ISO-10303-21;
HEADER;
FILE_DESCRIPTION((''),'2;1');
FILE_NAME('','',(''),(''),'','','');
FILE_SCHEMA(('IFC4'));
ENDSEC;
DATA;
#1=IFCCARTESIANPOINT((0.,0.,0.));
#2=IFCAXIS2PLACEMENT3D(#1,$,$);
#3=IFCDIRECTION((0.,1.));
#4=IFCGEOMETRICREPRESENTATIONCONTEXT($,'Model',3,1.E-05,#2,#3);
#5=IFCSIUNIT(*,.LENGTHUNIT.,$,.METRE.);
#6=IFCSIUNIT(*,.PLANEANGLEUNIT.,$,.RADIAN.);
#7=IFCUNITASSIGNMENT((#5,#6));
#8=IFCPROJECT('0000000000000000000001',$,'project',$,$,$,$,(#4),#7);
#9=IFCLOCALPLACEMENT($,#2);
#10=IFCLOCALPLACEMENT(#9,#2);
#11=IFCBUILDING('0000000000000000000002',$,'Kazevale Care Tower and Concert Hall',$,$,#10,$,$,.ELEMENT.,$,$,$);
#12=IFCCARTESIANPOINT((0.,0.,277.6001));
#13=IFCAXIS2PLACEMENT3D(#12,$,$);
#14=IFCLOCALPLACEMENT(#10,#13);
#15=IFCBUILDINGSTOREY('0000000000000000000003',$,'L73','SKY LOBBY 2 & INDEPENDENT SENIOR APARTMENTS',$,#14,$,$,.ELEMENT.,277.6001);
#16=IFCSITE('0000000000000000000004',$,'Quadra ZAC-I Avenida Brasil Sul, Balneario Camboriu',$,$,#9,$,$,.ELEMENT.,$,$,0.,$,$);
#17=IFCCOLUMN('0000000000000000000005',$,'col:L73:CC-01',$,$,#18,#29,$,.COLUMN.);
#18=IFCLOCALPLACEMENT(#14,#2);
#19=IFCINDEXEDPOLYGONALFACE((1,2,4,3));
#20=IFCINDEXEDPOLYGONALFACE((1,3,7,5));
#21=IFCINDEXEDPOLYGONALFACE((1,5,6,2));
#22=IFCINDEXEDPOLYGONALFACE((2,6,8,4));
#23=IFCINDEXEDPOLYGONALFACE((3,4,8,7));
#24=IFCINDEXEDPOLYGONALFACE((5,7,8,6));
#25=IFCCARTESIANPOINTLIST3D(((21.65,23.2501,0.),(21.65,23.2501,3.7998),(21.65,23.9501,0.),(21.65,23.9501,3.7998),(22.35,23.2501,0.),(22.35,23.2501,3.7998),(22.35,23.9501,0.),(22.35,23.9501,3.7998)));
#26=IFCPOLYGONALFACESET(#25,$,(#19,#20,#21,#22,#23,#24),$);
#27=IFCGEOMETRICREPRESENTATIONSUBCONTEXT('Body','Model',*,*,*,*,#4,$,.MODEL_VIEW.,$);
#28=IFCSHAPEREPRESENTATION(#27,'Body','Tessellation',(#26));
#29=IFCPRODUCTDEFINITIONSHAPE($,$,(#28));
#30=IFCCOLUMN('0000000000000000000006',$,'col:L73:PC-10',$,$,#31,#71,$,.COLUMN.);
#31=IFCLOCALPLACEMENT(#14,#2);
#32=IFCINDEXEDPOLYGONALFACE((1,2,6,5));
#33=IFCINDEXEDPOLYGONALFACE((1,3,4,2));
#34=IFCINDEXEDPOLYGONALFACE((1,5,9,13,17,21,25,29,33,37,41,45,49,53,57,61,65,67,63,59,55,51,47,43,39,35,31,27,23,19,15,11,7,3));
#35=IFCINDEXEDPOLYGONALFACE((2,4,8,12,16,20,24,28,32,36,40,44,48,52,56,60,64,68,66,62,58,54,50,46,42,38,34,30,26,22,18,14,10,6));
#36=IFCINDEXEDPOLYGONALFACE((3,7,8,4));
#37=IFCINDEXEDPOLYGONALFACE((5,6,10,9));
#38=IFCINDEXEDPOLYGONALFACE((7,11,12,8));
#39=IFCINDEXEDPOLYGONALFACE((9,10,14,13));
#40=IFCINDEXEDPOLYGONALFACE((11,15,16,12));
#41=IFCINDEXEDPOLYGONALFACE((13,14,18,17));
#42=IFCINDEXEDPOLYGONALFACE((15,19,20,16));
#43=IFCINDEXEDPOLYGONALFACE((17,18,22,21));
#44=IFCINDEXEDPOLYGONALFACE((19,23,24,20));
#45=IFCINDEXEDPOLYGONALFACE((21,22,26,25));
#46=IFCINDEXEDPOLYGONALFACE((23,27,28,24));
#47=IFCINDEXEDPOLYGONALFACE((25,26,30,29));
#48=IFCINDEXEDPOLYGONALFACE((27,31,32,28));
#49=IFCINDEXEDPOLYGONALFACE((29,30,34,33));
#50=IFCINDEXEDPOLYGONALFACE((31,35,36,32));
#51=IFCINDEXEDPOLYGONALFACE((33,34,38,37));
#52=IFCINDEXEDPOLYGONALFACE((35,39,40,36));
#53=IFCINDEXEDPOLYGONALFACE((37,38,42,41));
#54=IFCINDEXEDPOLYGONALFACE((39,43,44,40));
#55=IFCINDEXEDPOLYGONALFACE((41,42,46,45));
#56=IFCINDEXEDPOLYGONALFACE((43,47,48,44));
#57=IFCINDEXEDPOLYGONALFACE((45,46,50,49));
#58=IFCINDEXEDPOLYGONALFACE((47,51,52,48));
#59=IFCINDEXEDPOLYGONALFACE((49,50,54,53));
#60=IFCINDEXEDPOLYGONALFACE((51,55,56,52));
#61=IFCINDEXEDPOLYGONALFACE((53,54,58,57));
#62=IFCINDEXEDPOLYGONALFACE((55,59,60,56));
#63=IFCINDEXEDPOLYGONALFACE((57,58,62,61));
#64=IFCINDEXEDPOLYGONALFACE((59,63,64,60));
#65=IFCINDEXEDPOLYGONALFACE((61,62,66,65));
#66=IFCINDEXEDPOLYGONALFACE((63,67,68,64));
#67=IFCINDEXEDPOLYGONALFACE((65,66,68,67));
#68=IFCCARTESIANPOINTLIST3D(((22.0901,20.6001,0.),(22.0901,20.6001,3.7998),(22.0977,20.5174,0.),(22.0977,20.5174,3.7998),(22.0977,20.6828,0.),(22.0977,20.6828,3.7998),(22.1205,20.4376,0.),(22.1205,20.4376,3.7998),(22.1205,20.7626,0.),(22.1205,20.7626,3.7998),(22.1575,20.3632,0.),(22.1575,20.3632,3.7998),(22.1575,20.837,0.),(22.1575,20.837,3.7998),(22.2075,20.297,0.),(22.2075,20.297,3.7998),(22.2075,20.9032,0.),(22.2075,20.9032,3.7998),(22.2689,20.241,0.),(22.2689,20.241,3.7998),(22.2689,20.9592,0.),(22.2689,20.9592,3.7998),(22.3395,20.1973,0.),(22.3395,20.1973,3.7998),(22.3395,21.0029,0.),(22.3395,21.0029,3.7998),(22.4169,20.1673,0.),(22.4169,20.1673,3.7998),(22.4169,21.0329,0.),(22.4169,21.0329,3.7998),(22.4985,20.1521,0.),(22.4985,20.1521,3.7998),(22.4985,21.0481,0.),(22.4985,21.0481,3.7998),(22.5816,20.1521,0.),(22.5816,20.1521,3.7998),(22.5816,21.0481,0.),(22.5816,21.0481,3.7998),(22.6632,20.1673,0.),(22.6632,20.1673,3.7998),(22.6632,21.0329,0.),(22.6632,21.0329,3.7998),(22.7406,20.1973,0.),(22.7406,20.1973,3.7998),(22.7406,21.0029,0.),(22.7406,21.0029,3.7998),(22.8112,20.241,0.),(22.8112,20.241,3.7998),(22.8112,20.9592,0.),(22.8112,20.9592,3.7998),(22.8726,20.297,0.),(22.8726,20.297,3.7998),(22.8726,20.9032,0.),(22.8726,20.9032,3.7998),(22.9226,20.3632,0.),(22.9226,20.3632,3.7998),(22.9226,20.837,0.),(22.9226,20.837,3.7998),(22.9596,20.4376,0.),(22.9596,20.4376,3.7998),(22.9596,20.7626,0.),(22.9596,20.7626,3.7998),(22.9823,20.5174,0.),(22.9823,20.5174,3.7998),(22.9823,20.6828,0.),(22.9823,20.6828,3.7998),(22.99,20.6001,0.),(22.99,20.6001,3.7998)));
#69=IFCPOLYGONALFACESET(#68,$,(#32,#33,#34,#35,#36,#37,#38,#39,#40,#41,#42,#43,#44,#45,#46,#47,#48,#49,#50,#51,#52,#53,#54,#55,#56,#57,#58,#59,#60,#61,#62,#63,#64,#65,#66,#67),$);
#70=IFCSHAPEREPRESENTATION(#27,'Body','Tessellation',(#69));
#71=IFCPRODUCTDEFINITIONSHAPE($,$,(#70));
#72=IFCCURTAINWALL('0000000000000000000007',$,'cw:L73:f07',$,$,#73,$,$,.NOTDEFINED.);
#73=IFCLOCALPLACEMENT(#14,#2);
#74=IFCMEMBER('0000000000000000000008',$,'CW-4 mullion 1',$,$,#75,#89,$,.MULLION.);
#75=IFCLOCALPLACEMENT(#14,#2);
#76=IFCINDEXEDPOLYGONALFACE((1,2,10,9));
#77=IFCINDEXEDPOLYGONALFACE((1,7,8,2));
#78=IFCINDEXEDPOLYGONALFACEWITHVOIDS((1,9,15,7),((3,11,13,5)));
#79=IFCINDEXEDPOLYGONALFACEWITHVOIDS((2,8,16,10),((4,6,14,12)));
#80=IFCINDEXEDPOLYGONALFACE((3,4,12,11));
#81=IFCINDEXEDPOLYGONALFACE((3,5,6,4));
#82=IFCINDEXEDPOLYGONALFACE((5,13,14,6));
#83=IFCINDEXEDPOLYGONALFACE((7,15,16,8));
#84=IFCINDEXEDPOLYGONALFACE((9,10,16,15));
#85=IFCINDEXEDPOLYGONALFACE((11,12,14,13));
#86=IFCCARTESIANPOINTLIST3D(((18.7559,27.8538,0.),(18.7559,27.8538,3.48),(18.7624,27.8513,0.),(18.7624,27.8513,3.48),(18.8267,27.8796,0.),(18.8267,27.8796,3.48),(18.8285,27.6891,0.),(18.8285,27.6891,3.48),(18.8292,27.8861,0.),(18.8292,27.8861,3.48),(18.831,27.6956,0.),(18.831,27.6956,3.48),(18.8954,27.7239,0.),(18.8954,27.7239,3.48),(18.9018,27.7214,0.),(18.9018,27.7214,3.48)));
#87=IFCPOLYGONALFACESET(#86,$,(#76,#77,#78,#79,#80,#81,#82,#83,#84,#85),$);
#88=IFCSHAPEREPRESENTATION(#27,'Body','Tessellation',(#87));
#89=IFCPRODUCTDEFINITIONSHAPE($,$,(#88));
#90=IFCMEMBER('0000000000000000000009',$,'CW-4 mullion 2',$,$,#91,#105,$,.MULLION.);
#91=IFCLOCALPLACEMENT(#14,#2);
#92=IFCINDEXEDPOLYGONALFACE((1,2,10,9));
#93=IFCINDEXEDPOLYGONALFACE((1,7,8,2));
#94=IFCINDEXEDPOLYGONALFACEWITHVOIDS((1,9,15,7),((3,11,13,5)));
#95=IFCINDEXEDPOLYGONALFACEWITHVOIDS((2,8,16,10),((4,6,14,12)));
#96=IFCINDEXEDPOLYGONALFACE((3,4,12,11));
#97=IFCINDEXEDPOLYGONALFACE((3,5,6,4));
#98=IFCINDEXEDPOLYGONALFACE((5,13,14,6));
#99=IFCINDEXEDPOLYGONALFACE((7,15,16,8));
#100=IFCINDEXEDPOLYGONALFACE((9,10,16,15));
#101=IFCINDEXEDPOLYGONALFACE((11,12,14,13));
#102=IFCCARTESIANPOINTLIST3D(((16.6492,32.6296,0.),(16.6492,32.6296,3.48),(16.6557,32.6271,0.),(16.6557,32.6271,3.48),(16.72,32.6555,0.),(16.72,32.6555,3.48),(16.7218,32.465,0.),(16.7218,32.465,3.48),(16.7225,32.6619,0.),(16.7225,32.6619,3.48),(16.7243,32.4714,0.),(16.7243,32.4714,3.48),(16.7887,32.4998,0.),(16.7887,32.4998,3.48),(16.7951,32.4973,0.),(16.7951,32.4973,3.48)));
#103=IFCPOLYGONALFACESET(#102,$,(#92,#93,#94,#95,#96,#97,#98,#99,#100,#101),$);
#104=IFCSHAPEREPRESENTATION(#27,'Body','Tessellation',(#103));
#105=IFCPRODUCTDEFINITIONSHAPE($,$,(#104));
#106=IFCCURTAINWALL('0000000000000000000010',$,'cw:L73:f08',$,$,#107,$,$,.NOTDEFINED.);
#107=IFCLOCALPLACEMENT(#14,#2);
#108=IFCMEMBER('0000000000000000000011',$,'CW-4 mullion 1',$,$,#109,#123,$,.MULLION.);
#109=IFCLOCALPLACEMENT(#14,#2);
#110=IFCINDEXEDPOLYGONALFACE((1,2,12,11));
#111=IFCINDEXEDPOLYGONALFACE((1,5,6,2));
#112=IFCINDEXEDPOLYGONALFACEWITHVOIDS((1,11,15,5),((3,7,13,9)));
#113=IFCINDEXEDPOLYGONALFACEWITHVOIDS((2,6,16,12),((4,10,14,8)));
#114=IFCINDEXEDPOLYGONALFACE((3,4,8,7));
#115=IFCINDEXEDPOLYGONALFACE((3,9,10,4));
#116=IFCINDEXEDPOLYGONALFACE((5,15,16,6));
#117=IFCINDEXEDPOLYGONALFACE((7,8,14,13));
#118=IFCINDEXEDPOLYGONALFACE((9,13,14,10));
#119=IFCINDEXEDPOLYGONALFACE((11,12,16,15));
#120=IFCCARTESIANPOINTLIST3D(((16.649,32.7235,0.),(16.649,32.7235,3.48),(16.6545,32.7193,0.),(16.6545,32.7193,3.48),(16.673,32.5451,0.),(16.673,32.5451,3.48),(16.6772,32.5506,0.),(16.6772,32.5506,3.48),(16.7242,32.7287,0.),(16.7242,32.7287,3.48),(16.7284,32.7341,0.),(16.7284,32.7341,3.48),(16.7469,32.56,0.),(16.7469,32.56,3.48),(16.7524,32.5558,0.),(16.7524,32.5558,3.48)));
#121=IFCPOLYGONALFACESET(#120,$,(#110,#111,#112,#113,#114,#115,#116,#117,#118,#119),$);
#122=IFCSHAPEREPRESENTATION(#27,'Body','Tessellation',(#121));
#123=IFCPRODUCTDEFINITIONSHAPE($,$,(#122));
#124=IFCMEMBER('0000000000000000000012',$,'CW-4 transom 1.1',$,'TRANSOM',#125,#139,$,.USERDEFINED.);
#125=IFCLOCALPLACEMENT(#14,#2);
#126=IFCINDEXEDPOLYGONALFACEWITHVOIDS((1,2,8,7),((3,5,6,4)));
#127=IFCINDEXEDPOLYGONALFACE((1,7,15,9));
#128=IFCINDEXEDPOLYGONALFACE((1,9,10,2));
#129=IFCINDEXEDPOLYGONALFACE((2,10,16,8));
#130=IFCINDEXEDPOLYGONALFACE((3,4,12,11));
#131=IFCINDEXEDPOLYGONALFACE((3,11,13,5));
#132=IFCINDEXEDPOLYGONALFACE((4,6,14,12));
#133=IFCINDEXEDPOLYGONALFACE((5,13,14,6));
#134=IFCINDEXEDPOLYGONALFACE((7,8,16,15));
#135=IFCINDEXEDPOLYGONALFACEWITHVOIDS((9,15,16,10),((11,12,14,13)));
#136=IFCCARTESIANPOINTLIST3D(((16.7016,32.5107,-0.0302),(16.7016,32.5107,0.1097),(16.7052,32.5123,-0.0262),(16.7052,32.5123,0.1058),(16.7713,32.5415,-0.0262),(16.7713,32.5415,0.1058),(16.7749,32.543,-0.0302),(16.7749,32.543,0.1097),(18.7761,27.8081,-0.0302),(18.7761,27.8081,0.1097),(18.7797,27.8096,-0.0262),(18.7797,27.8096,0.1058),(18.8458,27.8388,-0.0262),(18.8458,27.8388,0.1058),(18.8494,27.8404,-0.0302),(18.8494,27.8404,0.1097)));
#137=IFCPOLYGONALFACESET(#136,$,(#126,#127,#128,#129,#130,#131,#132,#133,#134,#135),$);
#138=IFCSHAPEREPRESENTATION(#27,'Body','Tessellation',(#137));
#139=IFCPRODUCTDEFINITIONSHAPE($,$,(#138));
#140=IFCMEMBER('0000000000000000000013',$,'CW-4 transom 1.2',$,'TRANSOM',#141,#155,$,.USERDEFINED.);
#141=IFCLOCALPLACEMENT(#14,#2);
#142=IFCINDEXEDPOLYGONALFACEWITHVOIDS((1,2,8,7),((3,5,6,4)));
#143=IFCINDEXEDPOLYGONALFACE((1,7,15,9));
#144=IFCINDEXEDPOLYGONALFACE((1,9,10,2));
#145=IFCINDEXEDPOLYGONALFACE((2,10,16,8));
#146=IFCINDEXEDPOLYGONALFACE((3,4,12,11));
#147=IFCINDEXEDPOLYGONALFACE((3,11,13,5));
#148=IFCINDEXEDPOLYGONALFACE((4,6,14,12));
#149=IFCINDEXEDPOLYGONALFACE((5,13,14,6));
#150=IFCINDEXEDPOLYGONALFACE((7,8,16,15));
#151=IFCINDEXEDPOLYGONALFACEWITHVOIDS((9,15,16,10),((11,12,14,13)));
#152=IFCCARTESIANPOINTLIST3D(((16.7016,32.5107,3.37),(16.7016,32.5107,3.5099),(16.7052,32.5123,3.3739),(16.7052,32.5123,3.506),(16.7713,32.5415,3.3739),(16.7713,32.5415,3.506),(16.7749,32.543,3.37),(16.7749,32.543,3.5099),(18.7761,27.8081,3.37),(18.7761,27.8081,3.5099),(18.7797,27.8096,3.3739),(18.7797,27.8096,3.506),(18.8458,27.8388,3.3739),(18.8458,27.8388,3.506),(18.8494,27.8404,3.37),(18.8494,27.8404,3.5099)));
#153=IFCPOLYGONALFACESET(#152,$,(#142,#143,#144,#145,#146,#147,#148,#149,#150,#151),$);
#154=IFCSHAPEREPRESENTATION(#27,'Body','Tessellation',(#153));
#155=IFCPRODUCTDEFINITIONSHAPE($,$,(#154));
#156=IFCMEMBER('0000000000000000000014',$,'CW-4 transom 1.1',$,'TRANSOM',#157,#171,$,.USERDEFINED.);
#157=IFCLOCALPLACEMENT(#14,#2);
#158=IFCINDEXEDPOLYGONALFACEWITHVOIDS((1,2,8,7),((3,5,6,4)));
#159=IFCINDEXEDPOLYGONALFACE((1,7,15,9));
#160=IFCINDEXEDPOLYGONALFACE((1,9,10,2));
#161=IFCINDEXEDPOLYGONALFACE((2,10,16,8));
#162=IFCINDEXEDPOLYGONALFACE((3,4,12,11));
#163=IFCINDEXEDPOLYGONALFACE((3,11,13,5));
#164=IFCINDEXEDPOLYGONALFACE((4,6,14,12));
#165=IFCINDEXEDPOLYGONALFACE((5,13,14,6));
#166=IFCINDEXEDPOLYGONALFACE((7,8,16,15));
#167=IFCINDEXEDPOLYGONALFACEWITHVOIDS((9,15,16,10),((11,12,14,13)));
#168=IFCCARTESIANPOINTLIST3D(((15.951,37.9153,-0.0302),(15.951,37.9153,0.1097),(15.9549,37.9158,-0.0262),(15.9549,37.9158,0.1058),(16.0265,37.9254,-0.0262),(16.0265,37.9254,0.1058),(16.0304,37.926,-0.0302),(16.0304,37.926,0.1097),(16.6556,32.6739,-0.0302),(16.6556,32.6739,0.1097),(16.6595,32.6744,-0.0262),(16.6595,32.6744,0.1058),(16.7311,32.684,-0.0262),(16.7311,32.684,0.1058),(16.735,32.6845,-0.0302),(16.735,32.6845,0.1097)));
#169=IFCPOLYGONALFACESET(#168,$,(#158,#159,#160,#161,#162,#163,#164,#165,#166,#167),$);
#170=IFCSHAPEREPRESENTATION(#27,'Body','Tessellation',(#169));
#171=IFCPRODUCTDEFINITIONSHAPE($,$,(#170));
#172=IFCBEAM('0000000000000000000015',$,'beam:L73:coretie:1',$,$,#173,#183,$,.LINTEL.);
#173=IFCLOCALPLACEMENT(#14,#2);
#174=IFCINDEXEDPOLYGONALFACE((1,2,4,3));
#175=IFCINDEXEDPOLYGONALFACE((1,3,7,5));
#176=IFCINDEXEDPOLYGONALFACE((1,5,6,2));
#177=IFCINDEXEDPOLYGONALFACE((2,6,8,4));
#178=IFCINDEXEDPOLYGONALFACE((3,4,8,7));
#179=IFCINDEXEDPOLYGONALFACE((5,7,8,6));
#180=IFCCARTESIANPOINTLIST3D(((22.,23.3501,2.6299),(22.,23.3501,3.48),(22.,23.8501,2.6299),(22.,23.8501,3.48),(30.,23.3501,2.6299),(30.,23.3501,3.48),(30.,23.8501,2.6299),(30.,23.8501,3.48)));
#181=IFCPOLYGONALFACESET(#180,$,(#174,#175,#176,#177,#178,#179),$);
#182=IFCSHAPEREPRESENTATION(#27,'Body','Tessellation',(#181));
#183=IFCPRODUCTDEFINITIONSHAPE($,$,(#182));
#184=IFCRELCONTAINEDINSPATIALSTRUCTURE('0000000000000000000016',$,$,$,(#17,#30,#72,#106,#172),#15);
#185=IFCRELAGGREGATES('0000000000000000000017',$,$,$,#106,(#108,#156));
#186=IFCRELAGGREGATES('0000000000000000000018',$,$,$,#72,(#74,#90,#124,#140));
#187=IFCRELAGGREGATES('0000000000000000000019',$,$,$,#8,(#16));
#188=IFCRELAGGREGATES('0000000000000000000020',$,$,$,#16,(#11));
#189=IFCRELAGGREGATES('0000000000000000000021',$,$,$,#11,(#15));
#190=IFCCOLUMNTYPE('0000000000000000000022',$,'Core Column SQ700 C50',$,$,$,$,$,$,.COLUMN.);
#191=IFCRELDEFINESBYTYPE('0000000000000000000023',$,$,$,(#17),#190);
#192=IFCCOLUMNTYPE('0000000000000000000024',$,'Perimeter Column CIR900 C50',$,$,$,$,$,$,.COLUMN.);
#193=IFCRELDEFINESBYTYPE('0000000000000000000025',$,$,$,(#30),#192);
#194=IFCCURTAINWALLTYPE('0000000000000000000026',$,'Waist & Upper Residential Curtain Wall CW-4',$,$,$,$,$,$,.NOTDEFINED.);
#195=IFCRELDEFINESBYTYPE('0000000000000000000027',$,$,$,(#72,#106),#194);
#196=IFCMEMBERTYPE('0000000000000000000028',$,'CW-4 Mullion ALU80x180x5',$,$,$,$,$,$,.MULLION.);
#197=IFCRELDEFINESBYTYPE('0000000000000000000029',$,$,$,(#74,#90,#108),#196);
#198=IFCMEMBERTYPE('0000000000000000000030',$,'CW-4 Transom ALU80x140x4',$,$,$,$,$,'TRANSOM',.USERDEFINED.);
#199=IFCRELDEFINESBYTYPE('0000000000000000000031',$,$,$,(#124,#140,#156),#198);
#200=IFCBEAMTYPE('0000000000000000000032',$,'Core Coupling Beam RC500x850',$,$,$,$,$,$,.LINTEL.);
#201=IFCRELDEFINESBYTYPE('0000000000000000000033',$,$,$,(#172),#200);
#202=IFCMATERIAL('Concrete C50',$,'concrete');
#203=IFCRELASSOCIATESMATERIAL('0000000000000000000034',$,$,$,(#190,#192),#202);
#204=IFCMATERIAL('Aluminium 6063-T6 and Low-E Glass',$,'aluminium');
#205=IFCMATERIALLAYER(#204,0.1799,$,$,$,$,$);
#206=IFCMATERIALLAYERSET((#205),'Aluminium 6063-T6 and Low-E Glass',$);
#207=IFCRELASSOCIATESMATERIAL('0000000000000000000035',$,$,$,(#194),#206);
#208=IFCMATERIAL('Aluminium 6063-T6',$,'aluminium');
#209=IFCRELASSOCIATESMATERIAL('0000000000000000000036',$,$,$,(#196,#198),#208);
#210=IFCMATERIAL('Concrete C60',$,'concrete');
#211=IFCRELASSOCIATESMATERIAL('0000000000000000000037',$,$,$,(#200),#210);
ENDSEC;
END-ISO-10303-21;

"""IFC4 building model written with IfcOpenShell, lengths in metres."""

from ifc_helpers import new_model, si_unit, direction, frame, origin, origin_2d, place, context, subcontext, project, spatial, rectangle, hollow_rectangle, circle, extrude, material, layer, layer_set, material_profile, profile_set, type_object, element, aggregate, save


model = new_model("IFC4")

# Units and contexts
model_context = context("Model", 3, precision=1e-05, world=origin(), true_north=direction((0.0, 1.0)))
body_context = subcontext(model_context, "Body", "Model", "MODEL_VIEW")
ifc_project = project(units=[si_unit("LENGTHUNIT", "METRE"), si_unit("PLANEANGLEUNIT", "RADIAN")], contexts=[model_context])

# Site, building, storey
site_placement = place(None, origin())
site = spatial("IfcSite", under=ifc_project, at=site_placement, Name="Quadra ZAC-I Avenida Brasil Sul, Balneario Camboriu", CompositionType="ELEMENT", RefElevation=0.0)
building_placement = place(site_placement, origin())
building = spatial("IfcBuilding", under=site, at=building_placement, Name="Kazevale Care Tower and Concert Hall", CompositionType="ELEMENT")
storey_placement = place(building_placement, frame((0.0, 0.0, 277.6001)))
storey = spatial("IfcBuildingStorey", under=building, at=storey_placement, Name="L73", Description="SKY LOBBY 2 & INDEPENDENT SENIOR APARTMENTS", CompositionType="ELEMENT", Elevation=277.6001)

# Columns
ifc_material_1 = material(Name="Concrete C50", Category="concrete")
ifc_material_profile_1 = material_profile(ifc_material_1, rectangle(XDim=0.7, YDim=0.7, at=origin_2d()), Name="RC-SQ700")
ifc_profile_set_1 = profile_set([ifc_material_profile_1], Name="Concrete C50")
column_type_1 = type_object("IfcColumnType", Name="Core Column SQ700 C50", PredefinedType="COLUMN", material=ifc_profile_set_1)
column_1_placement = place(storey_placement, frame((22.0, 23.6001, 0.0), z_axis=(0.0, 0.0, 1.0), x_axis=(1.0, 0.0, 0.0)))
element("IfcColumn", 1, at=column_1_placement, inside=storey, type_object=column_type_1, Name="col:L73:CC-01", PredefinedType="COLUMN", context=body_context, shape_type="SweptSolid", body=[
    extrude(rectangle(XDim=0.7, YDim=0.7, at=origin_2d()), origin(), (0.0, 0.0, 1.0), 3.7998),
])
ifc_material_profile_2 = material_profile(ifc_material_1, circle(Radius=0.45, at=origin_2d()), Name="RC-CIR900")
ifc_profile_set_2 = profile_set([ifc_material_profile_2], Name="Concrete C50")
column_type_2 = type_object("IfcColumnType", Name="Perimeter Column CIR900 C50", PredefinedType="COLUMN", material=ifc_profile_set_2)
column_2_placement = place(storey_placement, frame((22.54, 20.6001, 0.0), z_axis=(0.0, 0.0, 1.0), x_axis=(1.0, 0.0, 0.0)))
element("IfcColumn", 2, at=column_2_placement, inside=storey, type_object=column_type_2, Name="col:L73:PC-10", PredefinedType="COLUMN", context=body_context, shape_type="SweptSolid", body=[
    extrude(circle(Radius=0.45, at=origin_2d()), origin(), (0.0, 0.0, 1.0), 3.7998),
])

# Curtain wall, members
ifc_material_2 = material(Name="Aluminium 6063-T6 and Low-E Glass", Category="aluminium")
ifc_layer_1 = layer(ifc_material_2, 0.1799)
ifc_layer_set_1 = layer_set([ifc_layer_1], Name="Aluminium 6063-T6 and Low-E Glass")
curtain_wall_type = type_object("IfcCurtainWallType", Name="Waist & Upper Residential Curtain Wall CW-4", PredefinedType="NOTDEFINED", material=ifc_layer_set_1)
curtain_wall_1_placement = place(storey_placement, origin())
curtain_wall_1 = element("IfcCurtainWall", 3, at=curtain_wall_1_placement, inside=storey, type_object=curtain_wall_type, Name="cw:L73:f07", PredefinedType="NOTDEFINED")
ifc_material_3 = material(Name="Aluminium 6063-T6", Category="aluminium")
ifc_material_profile_3 = material_profile(ifc_material_3, hollow_rectangle(XDim=0.0801, YDim=0.1799, WallThickness=0.0049, at=origin_2d()), Name="ALU80x180x5")
ifc_profile_set_3 = profile_set([ifc_material_profile_3], Name="Aluminium 6063-T6")
member_type_1 = type_object("IfcMemberType", Name="CW-4 Mullion ALU80x180x5", PredefinedType="MULLION", material=ifc_profile_set_3)
member_1_placement = place(storey_placement, frame((18.8289, 27.7876, 0.0), z_axis=(0.0, 0.0, 1.0), x_axis=(-0.914936, -0.403598, 0.0)))
member_1 = element("IfcMember", 4, at=member_1_placement, type_object=member_type_1, Name="CW-4 mullion 1", PredefinedType="MULLION", context=body_context, shape_type="SweptSolid", body=[
    extrude(hollow_rectangle(XDim=0.0801, YDim=0.1799, WallThickness=0.0049, at=origin_2d()), origin(), (0.0, 0.0, 1.0), 3.48),
])
member_2_placement = place(storey_placement, frame((16.7222, 32.5635, 0.0), z_axis=(0.0, 0.0, 1.0), x_axis=(-0.914936, -0.403598, 0.0)))
member_2 = element("IfcMember", 5, at=member_2_placement, type_object=member_type_1, Name="CW-4 mullion 2", PredefinedType="MULLION", context=body_context, shape_type="SweptSolid", body=[
    extrude(hollow_rectangle(XDim=0.0801, YDim=0.1799, WallThickness=0.0049, at=origin_2d()), origin(), (0.0, 0.0, 1.0), 3.48),
])

# Curtain wall, member
curtain_wall_2_placement = place(storey_placement, origin())
curtain_wall_2 = element("IfcCurtainWall", 6, at=curtain_wall_2_placement, inside=storey, type_object=curtain_wall_type, Name="cw:L73:f08", PredefinedType="NOTDEFINED")
member_3_placement = place(storey_placement, frame((16.7007, 32.6396, 0.0), z_axis=(0.0, 0.0, 1.0), x_axis=(-0.991083, -0.133246, 0.0)))
member_3 = element("IfcMember", 7, at=member_3_placement, type_object=member_type_1, Name="CW-4 mullion 1", PredefinedType="MULLION", context=body_context, shape_type="SweptSolid", body=[
    extrude(hollow_rectangle(XDim=0.0801, YDim=0.1799, WallThickness=0.0049, at=origin_2d()), origin(), (0.0, 0.0, 1.0), 3.48),
])

# Members
ifc_material_profile_4 = material_profile(ifc_material_3, hollow_rectangle(XDim=0.0801, YDim=0.1399, WallThickness=0.0039, at=origin_2d()), Name="ALU80x140x4")
ifc_profile_set_4 = profile_set([ifc_material_profile_4], Name="Aluminium 6063-T6")
member_type_2 = type_object("IfcMemberType", Name="CW-4 Transom ALU80x140x4", ElementType="TRANSOM", PredefinedType="USERDEFINED", material=ifc_profile_set_4)
member_4_placement = place(storey_placement, frame((18.8127, 27.8242, 0.0398), z_axis=(-0.403603, 0.914934, 0.0), x_axis=(-0.914934, -0.403603, 0.0)))
member_4 = element("IfcMember", 8, at=member_4_placement, type_object=member_type_2, Name="CW-4 transom 1.1", ObjectType="TRANSOM", PredefinedType="USERDEFINED", context=body_context, shape_type="SweptSolid", body=[
    extrude(hollow_rectangle(XDim=0.0801, YDim=0.1399, WallThickness=0.0039, at=origin_2d()), origin(), (0.0, 0.0, 1.0), 5.1399),
])
member_5_placement = place(storey_placement, frame((18.8127, 27.8242, 3.4399), z_axis=(-0.403603, 0.914934, 0.0), x_axis=(-0.914934, -0.403603, 0.0)))
member_5 = element("IfcMember", 9, at=member_5_placement, type_object=member_type_2, Name="CW-4 transom 1.2", ObjectType="TRANSOM", PredefinedType="USERDEFINED", context=body_context, shape_type="SweptSolid", body=[
    extrude(hollow_rectangle(XDim=0.0801, YDim=0.1399, WallThickness=0.0039, at=origin_2d()), origin(), (0.0, 0.0, 1.0), 5.1399),
])
member_6_placement = place(storey_placement, frame((16.6953, 32.6792, 0.0398), z_axis=(-0.133228, 0.991085, 0.0), x_axis=(-0.991085, -0.133228, 0.0)))
member_6 = element("IfcMember", 10, at=member_6_placement, type_object=member_type_2, Name="CW-4 transom 1.1", ObjectType="TRANSOM", PredefinedType="USERDEFINED", context=body_context, shape_type="SweptSolid", body=[
    extrude(hollow_rectangle(XDim=0.0801, YDim=0.1399, WallThickness=0.0039, at=origin_2d()), origin(), (0.0, 0.0, 1.0), 5.2886),
])
aggregate(curtain_wall_2, [member_3, member_6])

# Beam
ifc_material_4 = material(Name="Concrete C60", Category="concrete")
ifc_material_profile_5 = material_profile(ifc_material_4, rectangle(XDim=0.5, YDim=0.8501, at=origin_2d()), Name="RC-B500x850")
ifc_profile_set_5 = profile_set([ifc_material_profile_5], Name="Concrete C60")
beam_type_1 = type_object("IfcBeamType", Name="Core Coupling Beam RC500x850", PredefinedType="LINTEL", material=ifc_profile_set_5)
beam_1_placement = place(storey_placement, frame((22.0, 23.6001, 3.0549), z_axis=(1.0, 0.0, 0.0), x_axis=(0.0, 1.0, 0.0)))
element("IfcBeam", 11, at=beam_1_placement, inside=storey, type_object=beam_type_1, Name="beam:L73:coretie:1", PredefinedType="LINTEL", context=body_context, shape_type="SweptSolid", body=[
    extrude(rectangle(XDim=0.5, YDim=0.8501, at=origin_2d()), origin(), (0.0, 0.0, 1.0), 8.0),
])

aggregate(curtain_wall_1, [member_1, member_2, member_4, member_5])

save(model, "model.ifc")
